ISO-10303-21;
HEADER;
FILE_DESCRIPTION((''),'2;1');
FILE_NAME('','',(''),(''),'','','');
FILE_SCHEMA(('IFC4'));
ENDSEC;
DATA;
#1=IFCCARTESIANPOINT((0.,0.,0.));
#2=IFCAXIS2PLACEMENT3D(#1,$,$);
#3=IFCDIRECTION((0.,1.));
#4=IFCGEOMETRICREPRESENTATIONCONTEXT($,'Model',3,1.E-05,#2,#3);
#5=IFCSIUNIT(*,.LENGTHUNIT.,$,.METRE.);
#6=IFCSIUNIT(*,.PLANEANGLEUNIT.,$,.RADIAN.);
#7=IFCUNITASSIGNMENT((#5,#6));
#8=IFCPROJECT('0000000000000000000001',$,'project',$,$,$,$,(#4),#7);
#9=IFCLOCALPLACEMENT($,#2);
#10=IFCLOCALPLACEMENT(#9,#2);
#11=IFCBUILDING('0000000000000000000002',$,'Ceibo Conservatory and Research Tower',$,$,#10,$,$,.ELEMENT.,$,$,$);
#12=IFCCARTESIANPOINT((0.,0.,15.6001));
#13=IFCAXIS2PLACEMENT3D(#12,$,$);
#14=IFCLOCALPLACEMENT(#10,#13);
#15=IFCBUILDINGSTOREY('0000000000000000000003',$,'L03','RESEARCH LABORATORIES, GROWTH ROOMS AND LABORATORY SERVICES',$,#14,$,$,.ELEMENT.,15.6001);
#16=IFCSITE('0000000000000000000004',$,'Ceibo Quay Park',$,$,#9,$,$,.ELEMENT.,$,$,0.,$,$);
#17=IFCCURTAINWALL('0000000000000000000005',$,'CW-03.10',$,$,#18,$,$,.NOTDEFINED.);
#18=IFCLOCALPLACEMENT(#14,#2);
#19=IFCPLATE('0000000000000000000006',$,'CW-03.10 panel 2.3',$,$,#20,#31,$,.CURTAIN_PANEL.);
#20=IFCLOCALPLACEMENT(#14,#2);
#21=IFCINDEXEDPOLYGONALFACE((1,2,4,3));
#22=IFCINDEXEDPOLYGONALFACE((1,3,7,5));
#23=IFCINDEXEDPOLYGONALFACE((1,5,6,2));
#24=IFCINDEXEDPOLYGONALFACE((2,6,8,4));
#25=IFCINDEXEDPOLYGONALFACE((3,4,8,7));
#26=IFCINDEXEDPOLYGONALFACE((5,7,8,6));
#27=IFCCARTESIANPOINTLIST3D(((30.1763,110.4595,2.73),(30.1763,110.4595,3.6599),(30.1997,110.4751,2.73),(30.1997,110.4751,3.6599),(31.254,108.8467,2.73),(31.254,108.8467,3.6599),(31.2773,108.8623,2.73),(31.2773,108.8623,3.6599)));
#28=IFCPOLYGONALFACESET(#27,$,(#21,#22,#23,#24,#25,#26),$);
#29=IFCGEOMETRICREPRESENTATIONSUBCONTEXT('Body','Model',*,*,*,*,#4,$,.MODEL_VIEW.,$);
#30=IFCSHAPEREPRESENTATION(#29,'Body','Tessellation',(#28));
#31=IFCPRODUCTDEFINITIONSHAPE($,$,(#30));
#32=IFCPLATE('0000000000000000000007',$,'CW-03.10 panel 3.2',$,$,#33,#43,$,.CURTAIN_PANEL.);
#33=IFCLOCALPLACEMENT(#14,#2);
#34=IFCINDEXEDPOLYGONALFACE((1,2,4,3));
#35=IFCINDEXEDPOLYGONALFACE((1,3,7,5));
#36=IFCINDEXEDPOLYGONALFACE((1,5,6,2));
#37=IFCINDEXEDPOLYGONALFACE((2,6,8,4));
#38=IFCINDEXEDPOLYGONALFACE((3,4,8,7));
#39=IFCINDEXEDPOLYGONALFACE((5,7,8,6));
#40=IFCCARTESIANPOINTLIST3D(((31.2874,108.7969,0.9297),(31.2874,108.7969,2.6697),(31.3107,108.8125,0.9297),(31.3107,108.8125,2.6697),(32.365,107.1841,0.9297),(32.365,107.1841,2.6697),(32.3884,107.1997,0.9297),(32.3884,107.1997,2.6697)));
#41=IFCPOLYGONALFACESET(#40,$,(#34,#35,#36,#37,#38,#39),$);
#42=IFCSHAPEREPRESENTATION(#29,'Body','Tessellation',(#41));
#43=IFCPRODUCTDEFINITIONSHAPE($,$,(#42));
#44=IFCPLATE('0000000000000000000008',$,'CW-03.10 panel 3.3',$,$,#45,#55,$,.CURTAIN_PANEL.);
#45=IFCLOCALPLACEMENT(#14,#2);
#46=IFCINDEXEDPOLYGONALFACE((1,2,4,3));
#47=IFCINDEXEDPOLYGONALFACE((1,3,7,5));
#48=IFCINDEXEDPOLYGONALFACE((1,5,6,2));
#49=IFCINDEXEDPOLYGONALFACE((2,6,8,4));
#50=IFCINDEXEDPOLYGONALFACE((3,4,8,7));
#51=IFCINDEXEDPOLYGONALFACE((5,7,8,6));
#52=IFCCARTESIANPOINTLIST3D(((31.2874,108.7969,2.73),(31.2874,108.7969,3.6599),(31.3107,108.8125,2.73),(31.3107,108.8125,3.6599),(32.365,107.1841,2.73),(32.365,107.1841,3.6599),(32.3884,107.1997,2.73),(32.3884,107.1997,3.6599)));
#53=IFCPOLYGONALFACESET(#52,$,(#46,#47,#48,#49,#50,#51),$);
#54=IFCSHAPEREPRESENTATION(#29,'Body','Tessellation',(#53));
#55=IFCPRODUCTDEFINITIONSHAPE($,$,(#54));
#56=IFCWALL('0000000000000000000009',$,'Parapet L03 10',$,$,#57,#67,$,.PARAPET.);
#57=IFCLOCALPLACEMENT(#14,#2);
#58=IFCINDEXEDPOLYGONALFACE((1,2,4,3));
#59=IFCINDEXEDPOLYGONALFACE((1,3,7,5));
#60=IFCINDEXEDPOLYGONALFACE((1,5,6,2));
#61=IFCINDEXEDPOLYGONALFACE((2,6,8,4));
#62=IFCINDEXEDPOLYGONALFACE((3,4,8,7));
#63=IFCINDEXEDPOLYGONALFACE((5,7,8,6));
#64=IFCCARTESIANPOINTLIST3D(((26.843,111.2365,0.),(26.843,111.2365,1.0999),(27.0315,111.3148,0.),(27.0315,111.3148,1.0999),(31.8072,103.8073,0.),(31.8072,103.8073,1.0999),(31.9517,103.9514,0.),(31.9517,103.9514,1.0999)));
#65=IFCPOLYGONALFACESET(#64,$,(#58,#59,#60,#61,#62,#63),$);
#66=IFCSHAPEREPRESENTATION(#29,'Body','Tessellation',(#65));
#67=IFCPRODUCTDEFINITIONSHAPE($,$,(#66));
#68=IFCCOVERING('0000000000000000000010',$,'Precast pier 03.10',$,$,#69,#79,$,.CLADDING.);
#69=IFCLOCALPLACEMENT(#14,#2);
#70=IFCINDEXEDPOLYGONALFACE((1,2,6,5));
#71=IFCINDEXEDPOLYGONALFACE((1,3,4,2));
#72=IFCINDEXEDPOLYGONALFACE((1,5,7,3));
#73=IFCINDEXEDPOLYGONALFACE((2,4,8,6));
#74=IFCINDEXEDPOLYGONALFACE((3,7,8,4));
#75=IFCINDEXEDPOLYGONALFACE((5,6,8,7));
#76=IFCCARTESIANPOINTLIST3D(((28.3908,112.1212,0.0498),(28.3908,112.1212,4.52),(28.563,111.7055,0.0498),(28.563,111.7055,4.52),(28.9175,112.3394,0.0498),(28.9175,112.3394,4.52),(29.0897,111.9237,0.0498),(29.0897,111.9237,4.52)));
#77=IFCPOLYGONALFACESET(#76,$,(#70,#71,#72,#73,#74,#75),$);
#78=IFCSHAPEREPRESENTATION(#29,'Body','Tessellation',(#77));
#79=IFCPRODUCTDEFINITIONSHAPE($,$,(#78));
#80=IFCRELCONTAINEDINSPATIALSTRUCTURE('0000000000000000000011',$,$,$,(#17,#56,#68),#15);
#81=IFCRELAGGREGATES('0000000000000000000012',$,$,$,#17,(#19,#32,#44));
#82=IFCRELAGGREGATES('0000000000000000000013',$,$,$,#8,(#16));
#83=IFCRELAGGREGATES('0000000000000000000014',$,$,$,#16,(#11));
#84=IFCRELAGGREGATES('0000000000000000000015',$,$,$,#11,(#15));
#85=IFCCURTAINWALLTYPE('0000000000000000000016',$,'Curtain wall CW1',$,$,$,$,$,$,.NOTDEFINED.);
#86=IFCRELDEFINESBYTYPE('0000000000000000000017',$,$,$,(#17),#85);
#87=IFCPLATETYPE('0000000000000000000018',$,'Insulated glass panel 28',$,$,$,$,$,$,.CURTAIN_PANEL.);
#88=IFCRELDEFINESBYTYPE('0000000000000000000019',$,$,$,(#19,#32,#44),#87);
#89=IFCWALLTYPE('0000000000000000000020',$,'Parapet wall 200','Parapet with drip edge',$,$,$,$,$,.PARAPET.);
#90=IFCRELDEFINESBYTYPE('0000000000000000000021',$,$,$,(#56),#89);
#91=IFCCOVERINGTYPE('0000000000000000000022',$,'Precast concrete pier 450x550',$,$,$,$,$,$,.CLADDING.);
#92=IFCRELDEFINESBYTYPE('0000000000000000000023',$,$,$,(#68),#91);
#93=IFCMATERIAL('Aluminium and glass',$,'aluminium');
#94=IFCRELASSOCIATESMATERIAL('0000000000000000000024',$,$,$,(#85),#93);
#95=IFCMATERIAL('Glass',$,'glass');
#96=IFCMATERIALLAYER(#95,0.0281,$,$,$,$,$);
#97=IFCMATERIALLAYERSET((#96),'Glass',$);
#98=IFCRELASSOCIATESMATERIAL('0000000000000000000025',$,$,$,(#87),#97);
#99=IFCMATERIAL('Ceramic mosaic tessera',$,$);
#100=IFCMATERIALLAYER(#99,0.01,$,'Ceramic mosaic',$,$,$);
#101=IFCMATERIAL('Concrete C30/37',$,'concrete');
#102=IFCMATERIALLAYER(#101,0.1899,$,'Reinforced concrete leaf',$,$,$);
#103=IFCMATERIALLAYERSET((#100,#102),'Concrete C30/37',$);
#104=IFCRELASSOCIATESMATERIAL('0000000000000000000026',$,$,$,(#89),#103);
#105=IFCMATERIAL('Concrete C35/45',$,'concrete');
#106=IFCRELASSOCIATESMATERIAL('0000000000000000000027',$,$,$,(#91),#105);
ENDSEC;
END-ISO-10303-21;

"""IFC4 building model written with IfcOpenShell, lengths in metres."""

from ifc_helpers import new_model, si_unit, direction, frame, origin, origin_2d, place, context, subcontext, project, spatial, polyline, rectangle, outline, extrude, material, layer, layer_set, type_object, element, aggregate, save


model = new_model("IFC4")

# Units and contexts
model_context = context("Model", 3, precision=1e-05, world=origin(), true_north=direction((0.0, 1.0)))
body_context = subcontext(model_context, "Body", "Model", "MODEL_VIEW")
ifc_project = project(units=[si_unit("LENGTHUNIT", "METRE"), si_unit("PLANEANGLEUNIT", "RADIAN")], contexts=[model_context])

# Site, building, storey
site_placement = place(None, origin())
site = spatial("IfcSite", under=ifc_project, at=site_placement, Name="Ceibo Quay Park", CompositionType="ELEMENT", RefElevation=0.0)
building_placement = place(site_placement, origin())
building = spatial("IfcBuilding", under=site, at=building_placement, Name="Ceibo Conservatory and Research Tower", CompositionType="ELEMENT")
storey_placement = place(building_placement, frame((0.0, 0.0, 15.6001)))
storey = spatial("IfcBuildingStorey", under=building, at=storey_placement, Name="L03", Description="RESEARCH LABORATORIES, GROWTH ROOMS AND LABORATORY SERVICES", CompositionType="ELEMENT", Elevation=15.6001)

# Shared definitions
ifc_material_1 = material(Name="Concrete C35/45", Category="concrete")

# Shared definitions
ifc_material_2 = material(Name="Aluminium and glass", Category="aluminium")
curtain_wall_type = type_object("IfcCurtainWallType", Name="Curtain wall CW1", PredefinedType="NOTDEFINED", material=ifc_material_2)

# Curtain wall
curtain_wall_1_placement = place(storey_placement, origin())
curtain_wall_1 = element("IfcCurtainWall", 1, at=curtain_wall_1_placement, inside=storey, type_object=curtain_wall_type, Name="CW-03.10", PredefinedType="NOTDEFINED")

# Plates
ifc_material_3 = material(Name="Glass", Category="glass")
ifc_layer_1 = layer(ifc_material_3, 0.0281)
ifc_layer_set_1 = layer_set([ifc_layer_1], Name="Glass")
plate_type = type_object("IfcPlateType", Name="Insulated glass panel 28", PredefinedType="CURTAIN_PANEL", material=ifc_layer_set_1)
plate_1_placement = place(storey_placement, frame((30.7268, 109.6609, 2.73), z_axis=(0.0, 0.0, 1.0), x_axis=(0.55557, -0.83147, 0.0)))
plate_1 = element("IfcPlate", 2, at=plate_1_placement, type_object=plate_type, Name="CW-03.10 panel 2.3", PredefinedType="CURTAIN_PANEL", context=body_context, shape_type="SweptSolid", body=[
    extrude(rectangle(XDim=1.9397, YDim=0.0281, at=origin_2d()), origin(), (0.0, 0.0, 1.0), 0.9299),
])
plate_2_placement = place(storey_placement, frame((31.8379, 107.9983, 0.9297), z_axis=(0.0, 0.0, 1.0), x_axis=(0.55557, -0.83147, 0.0)))
plate_2 = element("IfcPlate", 3, at=plate_2_placement, type_object=plate_type, Name="CW-03.10 panel 3.2", PredefinedType="CURTAIN_PANEL", context=body_context, shape_type="SweptSolid", body=[
    extrude(rectangle(XDim=1.9397, YDim=0.0281, at=origin_2d()), origin(), (0.0, 0.0, 1.0), 1.74),
])
plate_3_placement = place(storey_placement, frame((31.8379, 107.9983, 2.73), z_axis=(0.0, 0.0, 1.0), x_axis=(0.55557, -0.83147, 0.0)))
plate_3 = element("IfcPlate", 4, at=plate_3_placement, type_object=plate_type, Name="CW-03.10 panel 3.3", PredefinedType="CURTAIN_PANEL", context=body_context, shape_type="SweptSolid", body=[
    extrude(rectangle(XDim=1.9397, YDim=0.0281, at=origin_2d()), origin(), (0.0, 0.0, 1.0), 0.9299),
])
aggregate(curtain_wall_1, [plate_1, plate_2, plate_3])

# Wall
ifc_material_4 = material(Name="Ceramic mosaic tessera")
ifc_layer_2 = layer(ifc_material_4, 0.01, Name="Ceramic mosaic")
ifc_material_5 = material(Name="Concrete C30/37", Category="concrete")
ifc_layer_3 = layer(ifc_material_5, 0.1899, Name="Reinforced concrete leaf")
ifc_layer_set_2 = layer_set([ifc_layer_2, ifc_layer_3], Name="Concrete C30/37")
wall_type = type_object("IfcWallType", Name="Parapet wall 200", Description="Parapet with drip edge", PredefinedType="PARAPET", material=ifc_layer_set_2)
wall_placement = place(storey_placement, frame((26.9373, 111.2756, 0.0), z_axis=(0.0, 0.0, 1.0), x_axis=(0.55558, -0.831463, 0.0)))
element("IfcWall", 5, at=wall_placement, inside=storey, type_object=wall_type, Name="Parapet L03 10", PredefinedType="PARAPET", context=body_context, shape_type="SweptSolid", body=[
    extrude(outline(polyline([(-0.0198, -0.1001), (8.9153, -0.1001), (8.8757, 0.1001), (0.0198, 0.1001), (-0.0198, -0.1001)])), origin(), (0.0, 0.0, 1.0), 1.0999),
])

# Covering
covering_type = type_object("IfcCoveringType", Name="Precast concrete pier 450x550", PredefinedType="CLADDING", material=ifc_material_1)
covering_placement = place(storey_placement, frame((28.7402, 112.0225, 0.0498), z_axis=(0.0, 0.0, 1.0), x_axis=(-0.92388, -0.382683, 0.0)))
element("IfcCovering", 6, at=covering_placement, inside=storey, type_object=covering_type, Name="Precast pier 03.10", PredefinedType="CLADDING", context=body_context, shape_type="SweptSolid", body=[
    extrude(rectangle(XDim=0.5701, YDim=0.45, at=origin_2d()), origin(), (0.0, 0.0, 1.0), 4.4702),
])

save(model, "model.ifc")
